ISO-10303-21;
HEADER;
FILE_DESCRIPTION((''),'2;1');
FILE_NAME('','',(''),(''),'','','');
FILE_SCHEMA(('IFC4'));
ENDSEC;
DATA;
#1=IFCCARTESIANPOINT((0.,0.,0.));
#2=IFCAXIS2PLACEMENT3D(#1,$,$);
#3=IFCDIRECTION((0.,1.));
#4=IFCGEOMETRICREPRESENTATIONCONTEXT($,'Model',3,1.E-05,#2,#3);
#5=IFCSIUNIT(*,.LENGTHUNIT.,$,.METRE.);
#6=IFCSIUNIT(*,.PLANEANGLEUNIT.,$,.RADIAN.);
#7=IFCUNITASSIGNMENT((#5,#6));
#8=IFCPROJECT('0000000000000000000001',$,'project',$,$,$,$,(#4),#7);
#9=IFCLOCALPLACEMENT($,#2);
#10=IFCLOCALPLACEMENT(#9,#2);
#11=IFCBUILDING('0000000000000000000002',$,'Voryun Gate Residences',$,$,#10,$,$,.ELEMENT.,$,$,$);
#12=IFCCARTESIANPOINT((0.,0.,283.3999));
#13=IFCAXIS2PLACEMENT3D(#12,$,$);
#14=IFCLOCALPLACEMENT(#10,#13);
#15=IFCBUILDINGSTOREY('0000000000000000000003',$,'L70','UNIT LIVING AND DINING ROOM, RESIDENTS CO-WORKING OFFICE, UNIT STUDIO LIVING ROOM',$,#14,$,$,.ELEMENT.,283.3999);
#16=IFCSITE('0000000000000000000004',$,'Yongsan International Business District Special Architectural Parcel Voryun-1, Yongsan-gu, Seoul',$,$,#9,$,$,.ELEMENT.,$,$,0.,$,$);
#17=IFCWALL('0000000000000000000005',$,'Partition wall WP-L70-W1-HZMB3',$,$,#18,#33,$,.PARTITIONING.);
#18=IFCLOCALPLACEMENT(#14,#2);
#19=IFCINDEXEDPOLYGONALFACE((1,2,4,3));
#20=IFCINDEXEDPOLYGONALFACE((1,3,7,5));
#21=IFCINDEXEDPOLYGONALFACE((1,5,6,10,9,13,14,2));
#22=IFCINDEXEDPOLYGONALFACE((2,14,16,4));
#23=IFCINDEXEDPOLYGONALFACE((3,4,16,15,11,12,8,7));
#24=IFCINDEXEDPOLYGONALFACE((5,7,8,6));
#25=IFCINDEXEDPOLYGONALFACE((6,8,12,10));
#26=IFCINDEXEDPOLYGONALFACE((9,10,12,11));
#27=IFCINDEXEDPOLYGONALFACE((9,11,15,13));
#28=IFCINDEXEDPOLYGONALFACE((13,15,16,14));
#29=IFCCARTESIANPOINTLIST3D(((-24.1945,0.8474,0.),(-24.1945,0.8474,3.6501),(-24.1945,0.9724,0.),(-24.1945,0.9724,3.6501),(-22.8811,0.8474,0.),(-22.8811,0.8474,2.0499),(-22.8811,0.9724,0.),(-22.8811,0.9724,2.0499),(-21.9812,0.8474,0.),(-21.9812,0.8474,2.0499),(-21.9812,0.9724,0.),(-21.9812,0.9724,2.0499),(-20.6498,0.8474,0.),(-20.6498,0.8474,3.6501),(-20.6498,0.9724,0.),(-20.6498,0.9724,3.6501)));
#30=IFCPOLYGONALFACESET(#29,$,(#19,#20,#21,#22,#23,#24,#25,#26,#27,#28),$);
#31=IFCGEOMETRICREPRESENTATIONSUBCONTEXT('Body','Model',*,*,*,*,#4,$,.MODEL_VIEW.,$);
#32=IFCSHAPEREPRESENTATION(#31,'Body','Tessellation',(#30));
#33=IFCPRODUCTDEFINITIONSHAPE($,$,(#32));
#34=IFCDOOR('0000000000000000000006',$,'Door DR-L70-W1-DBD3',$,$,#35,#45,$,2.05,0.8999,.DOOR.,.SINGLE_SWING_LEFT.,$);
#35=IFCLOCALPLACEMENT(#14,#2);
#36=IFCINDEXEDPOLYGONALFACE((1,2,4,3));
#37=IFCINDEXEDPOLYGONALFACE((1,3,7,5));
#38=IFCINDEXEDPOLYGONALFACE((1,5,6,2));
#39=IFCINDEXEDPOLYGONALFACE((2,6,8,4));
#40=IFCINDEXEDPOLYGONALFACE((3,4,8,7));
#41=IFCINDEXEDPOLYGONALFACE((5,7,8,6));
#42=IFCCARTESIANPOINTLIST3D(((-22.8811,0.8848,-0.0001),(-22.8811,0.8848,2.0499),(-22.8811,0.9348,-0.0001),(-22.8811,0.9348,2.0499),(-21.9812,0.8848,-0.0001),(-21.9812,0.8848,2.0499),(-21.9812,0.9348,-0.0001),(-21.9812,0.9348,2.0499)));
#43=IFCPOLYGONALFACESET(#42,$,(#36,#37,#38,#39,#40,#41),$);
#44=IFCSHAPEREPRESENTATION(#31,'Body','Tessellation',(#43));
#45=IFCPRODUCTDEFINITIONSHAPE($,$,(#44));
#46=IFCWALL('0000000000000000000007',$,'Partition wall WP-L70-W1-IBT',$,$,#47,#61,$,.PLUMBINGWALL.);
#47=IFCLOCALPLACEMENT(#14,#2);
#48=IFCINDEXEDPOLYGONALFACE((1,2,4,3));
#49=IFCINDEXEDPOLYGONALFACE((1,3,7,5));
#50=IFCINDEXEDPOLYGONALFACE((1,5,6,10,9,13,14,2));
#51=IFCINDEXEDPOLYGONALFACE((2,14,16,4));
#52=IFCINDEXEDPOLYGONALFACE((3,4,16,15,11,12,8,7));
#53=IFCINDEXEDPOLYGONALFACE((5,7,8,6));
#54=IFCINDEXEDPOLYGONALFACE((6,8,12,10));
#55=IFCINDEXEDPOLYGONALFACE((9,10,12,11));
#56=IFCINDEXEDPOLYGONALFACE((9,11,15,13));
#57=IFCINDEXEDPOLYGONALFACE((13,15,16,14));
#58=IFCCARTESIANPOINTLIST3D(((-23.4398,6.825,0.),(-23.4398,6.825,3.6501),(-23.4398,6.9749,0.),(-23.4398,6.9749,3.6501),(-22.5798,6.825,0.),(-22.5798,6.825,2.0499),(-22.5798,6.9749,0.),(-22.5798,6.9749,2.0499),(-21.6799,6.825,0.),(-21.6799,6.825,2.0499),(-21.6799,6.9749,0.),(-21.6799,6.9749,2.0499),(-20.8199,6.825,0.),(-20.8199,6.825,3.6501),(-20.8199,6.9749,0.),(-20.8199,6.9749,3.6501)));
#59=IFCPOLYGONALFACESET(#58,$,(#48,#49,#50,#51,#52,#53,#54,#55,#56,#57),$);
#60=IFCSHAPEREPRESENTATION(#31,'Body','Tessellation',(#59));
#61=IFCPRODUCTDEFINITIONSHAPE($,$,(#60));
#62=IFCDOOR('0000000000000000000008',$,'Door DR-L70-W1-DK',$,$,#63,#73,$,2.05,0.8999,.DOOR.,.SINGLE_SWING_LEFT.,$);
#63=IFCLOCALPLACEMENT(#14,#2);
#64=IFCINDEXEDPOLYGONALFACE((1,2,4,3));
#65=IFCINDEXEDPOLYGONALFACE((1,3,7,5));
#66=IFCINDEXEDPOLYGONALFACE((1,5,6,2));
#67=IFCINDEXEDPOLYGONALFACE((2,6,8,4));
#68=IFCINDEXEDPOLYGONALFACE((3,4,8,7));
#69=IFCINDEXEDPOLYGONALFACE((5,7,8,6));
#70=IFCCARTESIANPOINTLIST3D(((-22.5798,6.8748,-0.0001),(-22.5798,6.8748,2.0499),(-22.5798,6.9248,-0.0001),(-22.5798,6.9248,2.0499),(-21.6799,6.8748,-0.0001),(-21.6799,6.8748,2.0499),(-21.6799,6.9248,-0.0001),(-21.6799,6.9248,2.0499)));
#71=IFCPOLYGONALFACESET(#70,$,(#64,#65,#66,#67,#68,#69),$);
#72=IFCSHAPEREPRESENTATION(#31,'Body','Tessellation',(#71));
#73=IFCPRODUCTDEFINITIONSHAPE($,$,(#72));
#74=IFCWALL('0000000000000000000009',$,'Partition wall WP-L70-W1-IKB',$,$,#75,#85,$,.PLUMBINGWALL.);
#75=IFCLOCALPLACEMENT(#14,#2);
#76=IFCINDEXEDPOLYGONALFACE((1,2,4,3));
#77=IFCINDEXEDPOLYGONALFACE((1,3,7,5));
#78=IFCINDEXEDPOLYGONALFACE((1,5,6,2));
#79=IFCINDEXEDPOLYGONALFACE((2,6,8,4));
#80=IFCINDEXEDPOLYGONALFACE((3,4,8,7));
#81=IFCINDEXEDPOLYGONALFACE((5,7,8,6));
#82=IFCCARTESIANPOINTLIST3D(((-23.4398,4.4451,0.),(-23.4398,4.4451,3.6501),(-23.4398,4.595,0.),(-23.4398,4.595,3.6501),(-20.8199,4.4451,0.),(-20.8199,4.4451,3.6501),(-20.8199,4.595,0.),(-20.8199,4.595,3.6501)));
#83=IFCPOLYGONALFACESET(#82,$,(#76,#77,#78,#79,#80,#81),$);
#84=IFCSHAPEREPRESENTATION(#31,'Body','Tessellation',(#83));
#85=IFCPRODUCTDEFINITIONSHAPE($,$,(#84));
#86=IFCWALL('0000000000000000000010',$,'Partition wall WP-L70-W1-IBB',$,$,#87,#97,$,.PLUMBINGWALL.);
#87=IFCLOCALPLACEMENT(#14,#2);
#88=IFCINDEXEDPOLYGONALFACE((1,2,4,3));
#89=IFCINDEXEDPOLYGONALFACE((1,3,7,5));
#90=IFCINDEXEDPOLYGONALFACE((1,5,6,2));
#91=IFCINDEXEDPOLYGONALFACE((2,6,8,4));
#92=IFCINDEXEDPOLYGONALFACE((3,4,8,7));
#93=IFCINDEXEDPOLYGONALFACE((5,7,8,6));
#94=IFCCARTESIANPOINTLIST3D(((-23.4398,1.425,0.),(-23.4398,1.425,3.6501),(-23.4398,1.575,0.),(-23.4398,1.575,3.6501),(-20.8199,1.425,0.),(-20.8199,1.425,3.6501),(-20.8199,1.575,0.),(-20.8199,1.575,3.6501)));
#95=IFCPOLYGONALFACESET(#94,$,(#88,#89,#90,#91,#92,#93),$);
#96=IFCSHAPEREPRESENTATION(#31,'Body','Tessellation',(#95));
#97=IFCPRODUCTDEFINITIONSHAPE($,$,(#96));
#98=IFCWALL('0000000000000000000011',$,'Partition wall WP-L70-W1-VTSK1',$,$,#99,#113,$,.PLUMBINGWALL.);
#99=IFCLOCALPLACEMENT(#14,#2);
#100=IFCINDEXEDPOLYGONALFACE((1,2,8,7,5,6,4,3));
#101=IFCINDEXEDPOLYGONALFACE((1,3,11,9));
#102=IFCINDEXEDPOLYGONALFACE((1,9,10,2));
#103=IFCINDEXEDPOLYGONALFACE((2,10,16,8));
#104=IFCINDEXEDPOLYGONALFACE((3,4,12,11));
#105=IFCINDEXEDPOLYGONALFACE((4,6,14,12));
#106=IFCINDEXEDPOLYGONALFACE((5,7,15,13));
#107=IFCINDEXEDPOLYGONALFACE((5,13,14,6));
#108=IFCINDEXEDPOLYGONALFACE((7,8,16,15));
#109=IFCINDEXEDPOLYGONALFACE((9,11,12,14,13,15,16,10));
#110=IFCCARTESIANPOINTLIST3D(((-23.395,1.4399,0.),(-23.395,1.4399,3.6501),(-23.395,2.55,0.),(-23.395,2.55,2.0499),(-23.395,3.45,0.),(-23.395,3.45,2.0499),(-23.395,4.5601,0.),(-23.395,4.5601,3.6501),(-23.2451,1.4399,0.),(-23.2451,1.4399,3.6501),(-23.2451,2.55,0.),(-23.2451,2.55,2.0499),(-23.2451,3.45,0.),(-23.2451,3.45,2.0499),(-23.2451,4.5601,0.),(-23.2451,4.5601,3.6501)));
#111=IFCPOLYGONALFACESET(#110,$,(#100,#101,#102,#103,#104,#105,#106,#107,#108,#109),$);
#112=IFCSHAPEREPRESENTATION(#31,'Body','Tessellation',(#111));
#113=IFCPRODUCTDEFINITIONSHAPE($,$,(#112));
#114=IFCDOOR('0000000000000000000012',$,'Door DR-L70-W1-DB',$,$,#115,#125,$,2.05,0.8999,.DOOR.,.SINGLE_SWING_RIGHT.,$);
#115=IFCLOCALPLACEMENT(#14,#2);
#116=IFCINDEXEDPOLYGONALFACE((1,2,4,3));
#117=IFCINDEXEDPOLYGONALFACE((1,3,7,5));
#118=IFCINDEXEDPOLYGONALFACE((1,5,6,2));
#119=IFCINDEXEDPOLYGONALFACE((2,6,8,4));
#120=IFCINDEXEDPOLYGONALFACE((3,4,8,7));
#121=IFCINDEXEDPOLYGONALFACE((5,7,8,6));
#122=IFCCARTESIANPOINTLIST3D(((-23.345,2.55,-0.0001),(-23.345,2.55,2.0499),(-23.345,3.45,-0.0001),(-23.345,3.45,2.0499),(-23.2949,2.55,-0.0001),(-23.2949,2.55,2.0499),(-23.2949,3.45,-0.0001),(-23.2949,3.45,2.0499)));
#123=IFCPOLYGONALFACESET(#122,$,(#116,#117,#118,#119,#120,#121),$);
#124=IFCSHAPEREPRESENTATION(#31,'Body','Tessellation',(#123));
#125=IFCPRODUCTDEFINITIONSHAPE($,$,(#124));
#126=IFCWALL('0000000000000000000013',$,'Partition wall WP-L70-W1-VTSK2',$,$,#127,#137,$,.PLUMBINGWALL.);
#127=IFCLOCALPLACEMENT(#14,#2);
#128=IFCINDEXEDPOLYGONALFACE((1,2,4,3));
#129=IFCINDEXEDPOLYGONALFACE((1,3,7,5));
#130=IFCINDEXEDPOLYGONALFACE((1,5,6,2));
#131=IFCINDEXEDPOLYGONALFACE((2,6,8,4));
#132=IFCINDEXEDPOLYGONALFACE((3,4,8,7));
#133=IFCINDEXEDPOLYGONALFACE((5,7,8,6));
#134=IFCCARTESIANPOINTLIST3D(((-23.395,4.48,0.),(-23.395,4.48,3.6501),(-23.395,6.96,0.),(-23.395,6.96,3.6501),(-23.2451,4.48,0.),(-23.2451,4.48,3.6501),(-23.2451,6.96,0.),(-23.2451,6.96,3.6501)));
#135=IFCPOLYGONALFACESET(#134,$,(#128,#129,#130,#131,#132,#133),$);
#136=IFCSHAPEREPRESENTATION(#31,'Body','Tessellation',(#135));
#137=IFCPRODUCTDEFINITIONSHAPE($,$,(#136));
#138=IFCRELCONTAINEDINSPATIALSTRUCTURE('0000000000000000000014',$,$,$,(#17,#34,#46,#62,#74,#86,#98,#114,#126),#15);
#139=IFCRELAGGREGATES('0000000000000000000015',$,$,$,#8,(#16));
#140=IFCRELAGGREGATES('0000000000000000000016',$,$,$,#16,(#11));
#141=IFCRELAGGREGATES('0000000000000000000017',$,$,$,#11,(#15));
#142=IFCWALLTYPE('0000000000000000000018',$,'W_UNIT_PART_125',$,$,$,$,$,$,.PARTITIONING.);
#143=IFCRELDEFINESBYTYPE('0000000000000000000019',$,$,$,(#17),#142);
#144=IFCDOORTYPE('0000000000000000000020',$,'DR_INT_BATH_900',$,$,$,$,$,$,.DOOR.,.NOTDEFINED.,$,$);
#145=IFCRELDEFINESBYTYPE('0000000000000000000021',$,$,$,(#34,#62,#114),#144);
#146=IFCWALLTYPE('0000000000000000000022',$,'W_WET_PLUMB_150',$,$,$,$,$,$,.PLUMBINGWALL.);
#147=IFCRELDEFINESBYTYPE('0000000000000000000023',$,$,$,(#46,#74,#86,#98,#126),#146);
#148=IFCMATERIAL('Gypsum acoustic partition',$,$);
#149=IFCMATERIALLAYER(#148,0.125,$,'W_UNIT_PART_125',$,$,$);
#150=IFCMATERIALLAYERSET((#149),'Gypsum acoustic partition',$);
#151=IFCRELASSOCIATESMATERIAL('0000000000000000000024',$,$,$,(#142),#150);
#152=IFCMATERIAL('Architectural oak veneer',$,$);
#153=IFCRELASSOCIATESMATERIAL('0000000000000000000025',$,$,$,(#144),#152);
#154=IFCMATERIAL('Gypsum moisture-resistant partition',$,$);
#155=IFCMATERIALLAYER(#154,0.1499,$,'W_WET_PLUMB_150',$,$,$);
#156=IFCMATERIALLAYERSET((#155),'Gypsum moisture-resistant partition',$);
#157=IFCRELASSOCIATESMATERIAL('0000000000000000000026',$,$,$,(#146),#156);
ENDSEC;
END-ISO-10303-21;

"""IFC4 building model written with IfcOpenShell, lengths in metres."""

from ifc_helpers import new_model, si_unit, direction, frame, frame_2d, origin, place, context, subcontext, project, spatial, rectangle, extrude, material, layer, layer_set, type_object, element, fill, save


model = new_model("IFC4")

# Units and contexts
model_context = context("Model", 3, precision=1e-05, world=origin(), true_north=direction((0.0, 1.0)))
body_context = subcontext(model_context, "Body", "Model", "MODEL_VIEW")
ifc_project = project(units=[si_unit("LENGTHUNIT", "METRE"), si_unit("PLANEANGLEUNIT", "RADIAN")], contexts=[model_context])

# Site, building, storey
site_placement = place(None, origin())
site = spatial("IfcSite", under=ifc_project, at=site_placement, Name="Yongsan International Business District Special Architectural Parcel Voryun-1, Yongsan-gu, Seoul", CompositionType="ELEMENT", RefElevation=0.0)
building_placement = place(site_placement, origin())
building = spatial("IfcBuilding", under=site, at=building_placement, Name="Voryun Gate Residences", CompositionType="ELEMENT")
storey_placement = place(building_placement, frame((0.0, 0.0, 283.3999)))
storey = spatial("IfcBuildingStorey", under=building, at=storey_placement, Name="L70", Description="UNIT LIVING AND DINING ROOM, RESIDENTS CO-WORKING OFFICE, UNIT STUDIO LIVING ROOM", CompositionType="ELEMENT", Elevation=283.3999)

# Walls, openings, doors
ifc_material_1 = material(Name="Gypsum acoustic partition")
ifc_layer_1 = layer(ifc_material_1, 0.125, Name="W_UNIT_PART_125")
ifc_layer_set_1 = layer_set([ifc_layer_1], Name="Gypsum acoustic partition")
wall_type_1 = type_object("IfcWallType", Name="W_UNIT_PART_125", PredefinedType="PARTITIONING", material=ifc_layer_set_1)
ifc_material_2 = material(Name="Architectural oak veneer")
door_type_1 = type_object("IfcDoorType", Name="DR_INT_BATH_900", OperationType="NOTDEFINED", PredefinedType="DOOR", material=ifc_material_2)
wall_1_placement = place(storey_placement, frame((-24.1946, 0.9099, 0.0), z_axis=(0.0, 0.0, 1.0), x_axis=(1.0, 0.0, 0.0)))
wall_1 = element("IfcWall", 1, at=wall_1_placement, inside=storey, type_object=wall_type_1, Name="Partition wall WP-L70-W1-HZMB3", PredefinedType="PARTITIONING", context=body_context, shape_type="SweptSolid", body=[
    extrude(rectangle(XDim=3.5447, YDim=0.125, at=frame_2d((1.7725, 0.0))), origin(), (0.0, 0.0, 1.0), 3.6501),
])
opening_1_placement = place(wall_1_placement, frame((1.3135, 0.0, 0.0)))
opening_1 = element("IfcOpeningElement", 2, at=opening_1_placement, cuts=wall_1, PredefinedType="OPENING", context=body_context, shape_type="SweptSolid", body=[
    extrude(rectangle(XDim=0.8999, YDim=2.05, at=frame_2d((0.45, 1.0249))), frame((0.0, 0.0725, 0.0), z_axis=(0.0, -1.0, 0.0), x_axis=(1.0, 0.0, 0.0)), (0.0, 0.0, 1.0), 0.145),
])
door_1_placement = place(opening_1_placement, origin())
door_1 = element("IfcDoor", 3, at=door_1_placement, inside=storey, type_object=door_type_1, Name="Door DR-L70-W1-DBD3", OperationType="SINGLE_SWING_LEFT", OverallHeight=2.05, OverallWidth=0.8999, PredefinedType="DOOR", context=body_context, shape_type="SweptSolid", body=[
    extrude(rectangle(XDim=0.8999, YDim=2.05, at=frame_2d((0.45, 1.0249))), frame((0.0, 0.0249, 0.0), z_axis=(0.0, -1.0, 0.0), x_axis=(1.0, 0.0, 0.0)), (0.0, 0.0, 1.0), 0.05),
])
fill(opening_1, door_1)
ifc_material_3 = material(Name="Gypsum moisture-resistant partition")
ifc_layer_2 = layer(ifc_material_3, 0.1499, Name="W_WET_PLUMB_150")
ifc_layer_set_2 = layer_set([ifc_layer_2], Name="Gypsum moisture-resistant partition")
wall_type_2 = type_object("IfcWallType", Name="W_WET_PLUMB_150", PredefinedType="PLUMBINGWALL", material=ifc_layer_set_2)
wall_2_placement = place(storey_placement, frame((-23.4399, 6.8999, 0.0), z_axis=(0.0, 0.0, 1.0), x_axis=(1.0, 0.0, 0.0)))
wall_2 = element("IfcWall", 4, at=wall_2_placement, inside=storey, type_object=wall_type_2, Name="Partition wall WP-L70-W1-IBT", PredefinedType="PLUMBINGWALL", context=body_context, shape_type="SweptSolid", body=[
    extrude(rectangle(XDim=2.6199, YDim=0.1499, at=frame_2d((1.3101, 0.0))), origin(), (0.0, 0.0, 1.0), 3.6501),
])
opening_2_placement = place(wall_2_placement, frame((0.8601, 0.0, 0.0)))
opening_2 = element("IfcOpeningElement", 5, at=opening_2_placement, cuts=wall_2, PredefinedType="OPENING", context=body_context, shape_type="SweptSolid", body=[
    extrude(rectangle(XDim=0.8999, YDim=2.05, at=frame_2d((0.45, 1.0249))), frame((0.0, 0.085, 0.0), z_axis=(0.0, -1.0, 0.0), x_axis=(1.0, 0.0, 0.0)), (0.0, 0.0, 1.0), 0.1699),
])
door_2_placement = place(opening_2_placement, origin())
door_2 = element("IfcDoor", 6, at=door_2_placement, inside=storey, type_object=door_type_1, Name="Door DR-L70-W1-DK", OperationType="SINGLE_SWING_LEFT", OverallHeight=2.05, OverallWidth=0.8999, PredefinedType="DOOR", context=body_context, shape_type="SweptSolid", body=[
    extrude(rectangle(XDim=0.8999, YDim=2.05, at=frame_2d((0.45, 1.0249))), frame((0.0, 0.0249, 0.0), z_axis=(0.0, -1.0, 0.0), x_axis=(1.0, 0.0, 0.0)), (0.0, 0.0, 1.0), 0.05),
])
fill(opening_2, door_2)

# Walls
for number, where, z_axis, x_axis, name in (
    (7, (-23.4399, 4.52, 0.0), (0.0, 0.0, 1.0), (1.0, 0.0, 0.0), "Partition wall WP-L70-W1-IKB"),
    (8, (-23.4399, 1.5, 0.0), (0.0, 0.0, 1.0), (1.0, 0.0, 0.0), "Partition wall WP-L70-W1-IBB"),
):
    element("IfcWall", number, at=place(storey_placement, frame(where, z_axis=z_axis, x_axis=x_axis)), inside=storey, type_object=wall_type_2, Name=name, PredefinedType="PLUMBINGWALL", context=body_context, shape_type="SweptSolid", body=[
        extrude(rectangle(XDim=2.6199, YDim=0.1499, at=frame_2d((1.3101, 0.0))), origin(), (0.0, 0.0, 1.0), 3.6501),
    ])

# Wall, opening, door
wall_3_placement = place(storey_placement, frame((-23.3201, 1.4399, 0.0), z_axis=(0.0, 0.0, 1.0), x_axis=(0.0, 1.0, 0.0)))
wall_3 = element("IfcWall", 9, at=wall_3_placement, inside=storey, type_object=wall_type_2, Name="Partition wall WP-L70-W1-VTSK1", PredefinedType="PLUMBINGWALL", context=body_context, shape_type="SweptSolid", body=[
    extrude(rectangle(XDim=3.1201, YDim=0.1499, at=frame_2d((1.5601, 0.0))), origin(), (0.0, 0.0, 1.0), 3.6501),
])
opening_3_placement = place(wall_3_placement, frame((1.1101, 0.0, 0.0)))
opening_3 = element("IfcOpeningElement", 10, at=opening_3_placement, cuts=wall_3, PredefinedType="OPENING", context=body_context, shape_type="SweptSolid", body=[
    extrude(rectangle(XDim=0.8999, YDim=2.05, at=frame_2d((0.45, 1.0249))), frame((0.0, 0.085, 0.0), z_axis=(0.0, -1.0, 0.0), x_axis=(1.0, 0.0, 0.0)), (0.0, 0.0, 1.0), 0.1699),
])
door_3_placement = place(opening_3_placement, origin())
door_3 = element("IfcDoor", 11, at=door_3_placement, inside=storey, type_object=door_type_1, Name="Door DR-L70-W1-DB", OperationType="SINGLE_SWING_RIGHT", OverallHeight=2.05, OverallWidth=0.8999, PredefinedType="DOOR", context=body_context, shape_type="SweptSolid", body=[
    extrude(rectangle(XDim=0.8999, YDim=2.05, at=frame_2d((0.45, 1.0249))), frame((0.0, 0.0249, 0.0), z_axis=(0.0, -1.0, 0.0), x_axis=(1.0, 0.0, 0.0)), (0.0, 0.0, 1.0), 0.05),
])
fill(opening_3, door_3)

# Wall
wall_4_placement = place(storey_placement, frame((-23.3201, 4.48, 0.0), z_axis=(0.0, 0.0, 1.0), x_axis=(0.0, 1.0, 0.0)))
element("IfcWall", 12, at=wall_4_placement, inside=storey, type_object=wall_type_2, Name="Partition wall WP-L70-W1-VTSK2", PredefinedType="PLUMBINGWALL", context=body_context, shape_type="SweptSolid", body=[
    extrude(rectangle(XDim=2.48, YDim=0.1499, at=frame_2d((1.24, 0.0))), origin(), (0.0, 0.0, 1.0), 3.6501),
])

save(model, "model.ifc")
